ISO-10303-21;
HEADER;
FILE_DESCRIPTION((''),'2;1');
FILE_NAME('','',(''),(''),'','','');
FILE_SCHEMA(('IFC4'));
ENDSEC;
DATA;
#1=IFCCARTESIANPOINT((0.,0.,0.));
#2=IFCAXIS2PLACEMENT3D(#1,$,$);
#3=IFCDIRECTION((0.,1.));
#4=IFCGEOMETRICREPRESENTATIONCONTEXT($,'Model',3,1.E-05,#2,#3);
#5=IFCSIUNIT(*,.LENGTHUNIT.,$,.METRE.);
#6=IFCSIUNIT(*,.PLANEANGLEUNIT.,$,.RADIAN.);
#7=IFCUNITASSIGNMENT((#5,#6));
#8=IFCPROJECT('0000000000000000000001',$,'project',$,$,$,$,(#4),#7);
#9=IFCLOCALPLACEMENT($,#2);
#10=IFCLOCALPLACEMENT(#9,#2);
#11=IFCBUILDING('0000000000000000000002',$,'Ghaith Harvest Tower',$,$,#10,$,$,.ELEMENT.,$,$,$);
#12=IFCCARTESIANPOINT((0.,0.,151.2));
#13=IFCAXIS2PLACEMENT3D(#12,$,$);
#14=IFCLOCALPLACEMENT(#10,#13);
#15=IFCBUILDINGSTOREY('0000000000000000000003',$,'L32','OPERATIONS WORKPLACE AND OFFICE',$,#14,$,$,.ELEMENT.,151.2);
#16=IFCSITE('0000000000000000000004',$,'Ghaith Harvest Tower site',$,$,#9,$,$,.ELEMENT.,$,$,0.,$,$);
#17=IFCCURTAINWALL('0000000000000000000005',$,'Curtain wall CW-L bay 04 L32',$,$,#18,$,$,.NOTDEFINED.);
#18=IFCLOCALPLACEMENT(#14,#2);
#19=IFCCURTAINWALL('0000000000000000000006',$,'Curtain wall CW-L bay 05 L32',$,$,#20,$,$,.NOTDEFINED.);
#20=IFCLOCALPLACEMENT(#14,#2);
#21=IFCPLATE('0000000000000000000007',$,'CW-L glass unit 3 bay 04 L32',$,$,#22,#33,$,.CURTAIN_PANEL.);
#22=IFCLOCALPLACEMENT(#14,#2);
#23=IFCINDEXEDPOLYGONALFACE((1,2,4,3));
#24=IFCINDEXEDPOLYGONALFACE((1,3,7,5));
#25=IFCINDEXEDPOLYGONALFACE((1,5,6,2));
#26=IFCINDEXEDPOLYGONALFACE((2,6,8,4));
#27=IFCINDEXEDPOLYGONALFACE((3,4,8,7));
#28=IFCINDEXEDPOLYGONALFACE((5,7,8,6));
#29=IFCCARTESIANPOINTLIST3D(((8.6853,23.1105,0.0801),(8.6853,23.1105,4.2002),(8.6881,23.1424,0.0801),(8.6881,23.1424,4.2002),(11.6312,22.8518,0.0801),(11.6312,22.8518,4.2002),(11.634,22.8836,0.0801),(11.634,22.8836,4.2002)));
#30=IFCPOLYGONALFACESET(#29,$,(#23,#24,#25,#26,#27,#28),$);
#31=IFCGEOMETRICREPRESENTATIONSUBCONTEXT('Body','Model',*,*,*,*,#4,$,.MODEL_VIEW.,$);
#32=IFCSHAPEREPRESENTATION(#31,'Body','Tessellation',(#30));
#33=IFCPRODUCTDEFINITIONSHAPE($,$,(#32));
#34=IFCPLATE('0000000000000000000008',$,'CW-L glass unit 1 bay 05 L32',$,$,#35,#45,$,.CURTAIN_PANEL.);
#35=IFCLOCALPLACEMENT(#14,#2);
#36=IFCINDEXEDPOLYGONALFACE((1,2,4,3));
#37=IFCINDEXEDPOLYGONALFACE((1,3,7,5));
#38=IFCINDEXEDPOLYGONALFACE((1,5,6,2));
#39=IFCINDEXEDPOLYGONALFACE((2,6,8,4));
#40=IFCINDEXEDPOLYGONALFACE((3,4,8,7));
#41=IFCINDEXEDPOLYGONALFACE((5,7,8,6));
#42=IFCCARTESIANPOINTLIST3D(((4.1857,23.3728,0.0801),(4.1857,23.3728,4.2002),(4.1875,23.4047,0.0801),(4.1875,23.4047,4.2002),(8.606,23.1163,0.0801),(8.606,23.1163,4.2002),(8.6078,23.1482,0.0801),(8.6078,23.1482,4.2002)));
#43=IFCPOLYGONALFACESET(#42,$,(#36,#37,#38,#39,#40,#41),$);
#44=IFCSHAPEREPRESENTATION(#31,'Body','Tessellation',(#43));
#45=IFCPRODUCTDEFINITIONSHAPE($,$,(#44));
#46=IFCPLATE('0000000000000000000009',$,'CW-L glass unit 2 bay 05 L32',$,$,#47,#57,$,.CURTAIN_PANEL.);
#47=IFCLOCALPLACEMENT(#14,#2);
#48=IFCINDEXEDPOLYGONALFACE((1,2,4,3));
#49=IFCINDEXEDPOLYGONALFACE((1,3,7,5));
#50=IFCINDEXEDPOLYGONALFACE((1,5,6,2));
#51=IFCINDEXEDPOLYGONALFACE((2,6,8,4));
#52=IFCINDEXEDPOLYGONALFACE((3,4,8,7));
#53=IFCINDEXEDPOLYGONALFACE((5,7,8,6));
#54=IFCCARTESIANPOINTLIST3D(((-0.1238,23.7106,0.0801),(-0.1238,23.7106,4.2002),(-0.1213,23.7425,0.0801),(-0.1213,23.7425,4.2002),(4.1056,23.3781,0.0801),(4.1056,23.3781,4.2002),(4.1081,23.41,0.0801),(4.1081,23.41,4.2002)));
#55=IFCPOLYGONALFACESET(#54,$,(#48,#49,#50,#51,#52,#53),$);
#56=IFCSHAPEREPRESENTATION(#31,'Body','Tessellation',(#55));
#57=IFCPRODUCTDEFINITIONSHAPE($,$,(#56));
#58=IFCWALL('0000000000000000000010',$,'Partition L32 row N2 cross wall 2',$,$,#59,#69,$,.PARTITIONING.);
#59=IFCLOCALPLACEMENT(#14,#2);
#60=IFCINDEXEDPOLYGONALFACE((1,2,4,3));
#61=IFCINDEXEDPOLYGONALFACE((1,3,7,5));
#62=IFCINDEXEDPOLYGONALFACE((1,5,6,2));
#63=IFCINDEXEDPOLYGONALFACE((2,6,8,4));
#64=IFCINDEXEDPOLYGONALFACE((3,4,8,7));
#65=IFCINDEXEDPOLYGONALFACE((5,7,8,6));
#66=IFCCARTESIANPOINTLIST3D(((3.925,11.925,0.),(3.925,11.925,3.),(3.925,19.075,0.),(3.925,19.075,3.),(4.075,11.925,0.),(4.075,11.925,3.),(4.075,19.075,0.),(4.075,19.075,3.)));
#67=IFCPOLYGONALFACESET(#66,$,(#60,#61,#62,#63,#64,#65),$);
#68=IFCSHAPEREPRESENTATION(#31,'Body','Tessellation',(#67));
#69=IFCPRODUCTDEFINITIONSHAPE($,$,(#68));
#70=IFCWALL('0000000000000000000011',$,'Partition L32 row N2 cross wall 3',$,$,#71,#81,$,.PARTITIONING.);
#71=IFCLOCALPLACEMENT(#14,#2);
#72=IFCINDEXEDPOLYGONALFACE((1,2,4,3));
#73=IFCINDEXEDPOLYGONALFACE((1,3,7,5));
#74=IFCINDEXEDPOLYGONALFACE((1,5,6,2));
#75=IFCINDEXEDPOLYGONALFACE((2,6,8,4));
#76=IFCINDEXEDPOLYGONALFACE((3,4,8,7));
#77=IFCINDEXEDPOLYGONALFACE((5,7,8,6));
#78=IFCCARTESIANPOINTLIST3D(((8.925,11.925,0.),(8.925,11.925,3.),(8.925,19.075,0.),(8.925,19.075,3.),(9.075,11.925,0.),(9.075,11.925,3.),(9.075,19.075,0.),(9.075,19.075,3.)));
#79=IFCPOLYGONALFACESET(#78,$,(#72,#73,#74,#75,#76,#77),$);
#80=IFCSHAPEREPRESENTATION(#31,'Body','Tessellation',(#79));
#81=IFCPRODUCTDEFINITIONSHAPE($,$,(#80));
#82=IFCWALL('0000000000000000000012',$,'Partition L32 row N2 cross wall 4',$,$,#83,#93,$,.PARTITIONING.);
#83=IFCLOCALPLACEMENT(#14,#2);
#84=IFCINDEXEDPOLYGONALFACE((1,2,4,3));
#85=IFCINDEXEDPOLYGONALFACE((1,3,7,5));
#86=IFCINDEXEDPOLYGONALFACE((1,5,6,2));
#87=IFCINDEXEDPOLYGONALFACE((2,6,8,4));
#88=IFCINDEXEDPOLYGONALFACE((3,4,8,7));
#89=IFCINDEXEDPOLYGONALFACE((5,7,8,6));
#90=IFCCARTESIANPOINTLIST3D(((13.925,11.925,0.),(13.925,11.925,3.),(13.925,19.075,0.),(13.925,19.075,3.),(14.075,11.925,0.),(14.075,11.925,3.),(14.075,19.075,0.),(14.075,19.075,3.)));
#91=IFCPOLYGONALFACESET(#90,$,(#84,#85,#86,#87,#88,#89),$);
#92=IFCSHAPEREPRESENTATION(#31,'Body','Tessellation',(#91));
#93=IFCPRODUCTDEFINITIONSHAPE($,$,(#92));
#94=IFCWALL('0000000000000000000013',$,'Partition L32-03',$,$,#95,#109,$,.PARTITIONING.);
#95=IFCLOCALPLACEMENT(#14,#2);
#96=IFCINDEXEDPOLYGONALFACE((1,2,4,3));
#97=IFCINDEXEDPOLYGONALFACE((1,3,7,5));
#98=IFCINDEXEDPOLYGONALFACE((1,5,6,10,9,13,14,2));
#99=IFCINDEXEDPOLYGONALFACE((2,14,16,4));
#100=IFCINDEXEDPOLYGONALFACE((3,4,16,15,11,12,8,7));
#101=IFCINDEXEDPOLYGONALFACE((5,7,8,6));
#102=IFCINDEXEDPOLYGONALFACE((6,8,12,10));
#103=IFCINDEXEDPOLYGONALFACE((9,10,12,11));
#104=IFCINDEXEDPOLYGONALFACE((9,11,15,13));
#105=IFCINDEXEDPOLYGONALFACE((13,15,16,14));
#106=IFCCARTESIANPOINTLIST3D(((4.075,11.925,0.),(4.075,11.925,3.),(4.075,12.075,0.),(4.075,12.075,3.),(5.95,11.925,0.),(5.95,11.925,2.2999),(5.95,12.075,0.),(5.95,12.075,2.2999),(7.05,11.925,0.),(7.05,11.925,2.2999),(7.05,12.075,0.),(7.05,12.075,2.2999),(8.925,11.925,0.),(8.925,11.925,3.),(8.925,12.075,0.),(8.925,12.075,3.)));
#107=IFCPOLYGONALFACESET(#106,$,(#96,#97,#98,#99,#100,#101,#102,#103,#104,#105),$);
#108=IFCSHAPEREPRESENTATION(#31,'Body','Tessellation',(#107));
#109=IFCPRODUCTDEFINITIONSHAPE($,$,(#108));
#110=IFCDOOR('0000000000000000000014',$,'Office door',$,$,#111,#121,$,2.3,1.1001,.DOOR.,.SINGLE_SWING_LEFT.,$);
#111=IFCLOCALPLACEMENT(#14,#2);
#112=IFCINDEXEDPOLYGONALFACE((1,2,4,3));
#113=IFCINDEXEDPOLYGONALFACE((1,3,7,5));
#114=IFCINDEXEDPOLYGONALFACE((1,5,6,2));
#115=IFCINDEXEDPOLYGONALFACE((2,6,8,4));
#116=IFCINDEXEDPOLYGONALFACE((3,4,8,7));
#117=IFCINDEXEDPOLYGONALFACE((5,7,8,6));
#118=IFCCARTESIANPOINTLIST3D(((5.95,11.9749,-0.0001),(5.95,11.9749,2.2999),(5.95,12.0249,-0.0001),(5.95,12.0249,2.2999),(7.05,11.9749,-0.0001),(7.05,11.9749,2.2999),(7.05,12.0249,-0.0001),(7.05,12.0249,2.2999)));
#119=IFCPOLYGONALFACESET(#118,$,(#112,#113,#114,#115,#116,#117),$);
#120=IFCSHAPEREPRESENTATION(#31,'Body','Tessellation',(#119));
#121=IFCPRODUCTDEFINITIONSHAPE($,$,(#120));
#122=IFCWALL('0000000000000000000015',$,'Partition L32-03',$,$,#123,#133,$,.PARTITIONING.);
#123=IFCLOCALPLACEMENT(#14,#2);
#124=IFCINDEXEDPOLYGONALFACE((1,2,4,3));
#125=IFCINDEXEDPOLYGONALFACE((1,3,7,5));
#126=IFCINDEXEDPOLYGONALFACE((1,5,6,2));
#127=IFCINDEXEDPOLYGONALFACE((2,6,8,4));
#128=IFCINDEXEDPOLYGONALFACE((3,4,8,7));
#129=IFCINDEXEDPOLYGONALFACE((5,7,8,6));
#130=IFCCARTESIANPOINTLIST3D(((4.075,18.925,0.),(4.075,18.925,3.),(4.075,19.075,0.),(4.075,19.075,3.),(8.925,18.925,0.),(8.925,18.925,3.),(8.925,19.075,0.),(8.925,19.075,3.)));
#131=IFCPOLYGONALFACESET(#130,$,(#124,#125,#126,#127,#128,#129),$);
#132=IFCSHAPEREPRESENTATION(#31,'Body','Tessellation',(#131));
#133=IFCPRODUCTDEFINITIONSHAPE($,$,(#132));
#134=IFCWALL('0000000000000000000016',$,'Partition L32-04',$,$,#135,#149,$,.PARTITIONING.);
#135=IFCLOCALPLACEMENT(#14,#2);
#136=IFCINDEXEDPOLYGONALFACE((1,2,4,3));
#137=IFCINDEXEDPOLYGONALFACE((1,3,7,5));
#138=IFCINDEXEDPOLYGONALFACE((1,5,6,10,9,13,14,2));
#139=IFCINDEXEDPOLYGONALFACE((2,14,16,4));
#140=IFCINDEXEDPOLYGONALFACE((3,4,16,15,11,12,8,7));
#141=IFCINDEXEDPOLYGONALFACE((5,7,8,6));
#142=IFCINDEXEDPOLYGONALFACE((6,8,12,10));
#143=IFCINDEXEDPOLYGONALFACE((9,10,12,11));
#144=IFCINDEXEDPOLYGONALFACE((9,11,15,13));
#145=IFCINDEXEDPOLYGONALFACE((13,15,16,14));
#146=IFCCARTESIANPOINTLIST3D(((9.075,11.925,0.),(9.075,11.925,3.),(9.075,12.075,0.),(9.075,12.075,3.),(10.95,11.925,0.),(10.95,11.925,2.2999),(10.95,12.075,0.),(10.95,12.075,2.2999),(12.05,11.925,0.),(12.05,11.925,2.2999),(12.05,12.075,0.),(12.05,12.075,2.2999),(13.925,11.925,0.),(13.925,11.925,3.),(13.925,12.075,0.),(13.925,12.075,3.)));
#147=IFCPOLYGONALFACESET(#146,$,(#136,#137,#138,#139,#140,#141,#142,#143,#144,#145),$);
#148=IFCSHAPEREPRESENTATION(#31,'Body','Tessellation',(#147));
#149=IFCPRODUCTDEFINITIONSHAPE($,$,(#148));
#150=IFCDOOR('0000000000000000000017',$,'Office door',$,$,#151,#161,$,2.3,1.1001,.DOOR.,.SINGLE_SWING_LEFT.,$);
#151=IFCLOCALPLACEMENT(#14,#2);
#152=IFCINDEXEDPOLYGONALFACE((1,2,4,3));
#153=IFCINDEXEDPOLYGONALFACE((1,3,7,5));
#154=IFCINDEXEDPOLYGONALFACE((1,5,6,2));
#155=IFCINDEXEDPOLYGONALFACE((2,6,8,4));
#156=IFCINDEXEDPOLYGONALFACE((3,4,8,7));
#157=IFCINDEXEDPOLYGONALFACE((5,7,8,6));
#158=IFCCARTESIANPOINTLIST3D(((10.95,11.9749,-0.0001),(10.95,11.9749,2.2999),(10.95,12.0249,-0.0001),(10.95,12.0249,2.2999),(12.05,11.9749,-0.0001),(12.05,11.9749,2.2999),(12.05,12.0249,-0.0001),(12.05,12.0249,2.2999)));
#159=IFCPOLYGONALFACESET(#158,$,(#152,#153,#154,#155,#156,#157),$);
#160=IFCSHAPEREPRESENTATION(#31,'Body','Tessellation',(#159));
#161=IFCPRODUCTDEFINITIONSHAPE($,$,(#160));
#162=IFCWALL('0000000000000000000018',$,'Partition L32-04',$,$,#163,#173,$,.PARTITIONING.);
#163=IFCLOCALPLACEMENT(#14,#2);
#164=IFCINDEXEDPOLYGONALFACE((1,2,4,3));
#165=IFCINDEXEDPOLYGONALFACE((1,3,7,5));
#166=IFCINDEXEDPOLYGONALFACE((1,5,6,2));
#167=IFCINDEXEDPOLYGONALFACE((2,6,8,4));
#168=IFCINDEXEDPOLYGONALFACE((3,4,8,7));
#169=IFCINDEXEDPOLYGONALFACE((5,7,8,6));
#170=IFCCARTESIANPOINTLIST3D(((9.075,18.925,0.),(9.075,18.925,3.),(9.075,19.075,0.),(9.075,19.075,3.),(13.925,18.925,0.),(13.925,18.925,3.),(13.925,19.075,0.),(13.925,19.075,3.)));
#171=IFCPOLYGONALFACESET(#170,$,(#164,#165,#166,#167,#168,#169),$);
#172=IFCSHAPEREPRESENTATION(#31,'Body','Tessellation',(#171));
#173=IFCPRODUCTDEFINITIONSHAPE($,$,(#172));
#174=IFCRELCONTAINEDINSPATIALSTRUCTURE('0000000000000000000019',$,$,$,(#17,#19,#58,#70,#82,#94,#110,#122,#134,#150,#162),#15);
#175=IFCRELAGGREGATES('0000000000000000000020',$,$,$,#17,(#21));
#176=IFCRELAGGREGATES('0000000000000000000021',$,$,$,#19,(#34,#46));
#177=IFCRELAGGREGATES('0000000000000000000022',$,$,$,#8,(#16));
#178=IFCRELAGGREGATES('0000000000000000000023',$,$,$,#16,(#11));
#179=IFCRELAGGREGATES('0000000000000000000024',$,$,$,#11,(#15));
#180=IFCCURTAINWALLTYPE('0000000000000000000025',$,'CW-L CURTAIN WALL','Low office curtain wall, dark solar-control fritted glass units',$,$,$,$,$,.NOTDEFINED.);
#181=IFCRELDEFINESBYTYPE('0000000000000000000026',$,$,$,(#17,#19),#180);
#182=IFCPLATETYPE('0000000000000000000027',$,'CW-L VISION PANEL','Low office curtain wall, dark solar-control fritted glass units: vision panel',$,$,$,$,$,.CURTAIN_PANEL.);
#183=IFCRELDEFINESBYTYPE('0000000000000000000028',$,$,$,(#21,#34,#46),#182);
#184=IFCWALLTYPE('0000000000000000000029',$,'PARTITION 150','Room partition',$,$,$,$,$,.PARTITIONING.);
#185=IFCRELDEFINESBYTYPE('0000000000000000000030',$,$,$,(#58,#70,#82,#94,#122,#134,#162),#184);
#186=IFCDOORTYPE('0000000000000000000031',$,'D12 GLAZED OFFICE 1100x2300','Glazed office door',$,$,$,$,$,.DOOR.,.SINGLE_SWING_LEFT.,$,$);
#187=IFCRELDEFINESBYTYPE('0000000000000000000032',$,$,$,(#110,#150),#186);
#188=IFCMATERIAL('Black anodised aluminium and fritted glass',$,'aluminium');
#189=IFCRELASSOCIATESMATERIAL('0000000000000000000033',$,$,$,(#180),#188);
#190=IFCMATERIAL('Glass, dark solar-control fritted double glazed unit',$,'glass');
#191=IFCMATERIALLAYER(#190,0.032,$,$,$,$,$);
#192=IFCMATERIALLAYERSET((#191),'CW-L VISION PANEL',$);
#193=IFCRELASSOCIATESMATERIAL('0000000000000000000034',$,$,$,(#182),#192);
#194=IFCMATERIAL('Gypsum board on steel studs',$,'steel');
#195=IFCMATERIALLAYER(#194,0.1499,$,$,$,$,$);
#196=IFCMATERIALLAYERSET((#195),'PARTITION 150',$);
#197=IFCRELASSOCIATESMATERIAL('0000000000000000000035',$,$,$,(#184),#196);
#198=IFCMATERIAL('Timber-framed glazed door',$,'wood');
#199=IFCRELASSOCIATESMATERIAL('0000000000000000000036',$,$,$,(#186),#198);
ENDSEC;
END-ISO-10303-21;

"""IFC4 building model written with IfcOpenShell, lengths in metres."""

from ifc_helpers import new_model, si_unit, direction, frame, frame_2d, origin, origin_2d, place, context, subcontext, project, spatial, rectangle, extrude, material, layer, layer_set, type_object, element, fill, aggregate, save


model = new_model("IFC4")

# Units and contexts
model_context = context("Model", 3, precision=1e-05, world=origin(), true_north=direction((0.0, 1.0)))
body_context = subcontext(model_context, "Body", "Model", "MODEL_VIEW")
ifc_project = project(units=[si_unit("LENGTHUNIT", "METRE"), si_unit("PLANEANGLEUNIT", "RADIAN")], contexts=[model_context])

# Site, building, storey
site_placement = place(None, origin())
site = spatial("IfcSite", under=ifc_project, at=site_placement, Name="Ghaith Harvest Tower site", CompositionType="ELEMENT", RefElevation=0.0)
building_placement = place(site_placement, origin())
building = spatial("IfcBuilding", under=site, at=building_placement, Name="Ghaith Harvest Tower", CompositionType="ELEMENT")
storey_placement = place(building_placement, frame((0.0, 0.0, 151.2)))
storey = spatial("IfcBuildingStorey", under=building, at=storey_placement, Name="L32", Description="OPERATIONS WORKPLACE AND OFFICE", CompositionType="ELEMENT", Elevation=151.2)

# Curtain wall
ifc_material_1 = material(Name="Black anodised aluminium and fritted glass", Category="aluminium")
curtain_wall_type = type_object("IfcCurtainWallType", Name="CW-L CURTAIN WALL", Description="Low office curtain wall, dark solar-control fritted glass units", PredefinedType="NOTDEFINED", material=ifc_material_1)
curtain_wall_1_placement = place(storey_placement, origin())
curtain_wall_1 = element("IfcCurtainWall", 1, at=curtain_wall_1_placement, inside=storey, type_object=curtain_wall_type, Name="Curtain wall CW-L bay 04 L32", PredefinedType="NOTDEFINED")

# Curtain wall
curtain_wall_2_placement = place(storey_placement, origin())
curtain_wall_2 = element("IfcCurtainWall", 2, at=curtain_wall_2_placement, inside=storey, type_object=curtain_wall_type, Name="Curtain wall CW-L bay 05 L32", PredefinedType="NOTDEFINED")

# Plates
ifc_material_2 = material(Name="Glass, dark solar-control fritted double glazed unit", Category="glass")
ifc_layer_1 = layer(ifc_material_2, 0.032)
ifc_layer_set_1 = layer_set([ifc_layer_1], Name="CW-L VISION PANEL")
plate_type = type_object("IfcPlateType", Name="CW-L VISION PANEL", Description="Low office curtain wall, dark solar-control fritted glass units: vision panel", PredefinedType="CURTAIN_PANEL", material=ifc_layer_set_1)
plate_1_placement = place(storey_placement, frame((10.1597, 22.9971, 0.0801), z_axis=(0.0, 0.0, 1.0), x_axis=(-0.996166, 0.087481, 0.0)))
plate_1 = element("IfcPlate", 3, at=plate_1_placement, type_object=plate_type, Name="CW-L glass unit 3 bay 04 L32", PredefinedType="CURTAIN_PANEL", context=body_context, shape_type="SweptSolid", body=[
    extrude(rectangle(XDim=2.9573, YDim=0.032, at=origin_2d()), origin(), (0.0, 0.0, 1.0), 4.1201),
])
aggregate(curtain_wall_1, [plate_1])
plate_2_placement = place(storey_placement, frame((6.3967, 23.2605, 0.0801), z_axis=(0.0, 0.0, 1.0), x_axis=(-0.998321, 0.057927, 0.0)))
plate_2 = element("IfcPlate", 4, at=plate_2_placement, type_object=plate_type, Name="CW-L glass unit 1 bay 05 L32", PredefinedType="CURTAIN_PANEL", context=body_context, shape_type="SweptSolid", body=[
    extrude(rectangle(XDim=4.4277, YDim=0.032, at=origin_2d()), origin(), (0.0, 0.0, 1.0), 4.1201),
])
plate_3_placement = place(storey_placement, frame((1.9922, 23.5603, 0.0801), z_axis=(0.0, 0.0, 1.0), x_axis=(-0.996925, 0.07836, 0.0)))
plate_3 = element("IfcPlate", 5, at=plate_3_placement, type_object=plate_type, Name="CW-L glass unit 2 bay 05 L32", PredefinedType="CURTAIN_PANEL", context=body_context, shape_type="SweptSolid", body=[
    extrude(rectangle(XDim=4.2424, YDim=0.032, at=origin_2d()), origin(), (0.0, 0.0, 1.0), 4.1201),
])
aggregate(curtain_wall_2, [plate_2, plate_3])

# Walls
ifc_material_3 = material(Name="Gypsum board on steel studs", Category="steel")
ifc_layer_2 = layer(ifc_material_3, 0.1499)
ifc_layer_set_2 = layer_set([ifc_layer_2], Name="PARTITION 150")
wall_type = type_object("IfcWallType", Name="PARTITION 150", Description="Room partition", PredefinedType="PARTITIONING", material=ifc_layer_set_2)
for number, where, z_axis, x_axis, name in (
    (6, (4.0, 11.925, 0.0), (0.0, 0.0, 1.0), (0.0, 1.0, 0.0), "Partition L32 row N2 cross wall 2"),
    (7, (9.0, 11.925, 0.0), (0.0, 0.0, 1.0), (0.0, 1.0, 0.0), "Partition L32 row N2 cross wall 3"),
    (8, (14.0, 11.925, 0.0), (0.0, 0.0, 1.0), (0.0, 1.0, 0.0), "Partition L32 row N2 cross wall 4"),
):
    element("IfcWall", number, at=place(storey_placement, frame(where, z_axis=z_axis, x_axis=x_axis)), inside=storey, type_object=wall_type, Name=name, PredefinedType="PARTITIONING", context=body_context, shape_type="SweptSolid", body=[
        extrude(rectangle(XDim=7.1499, YDim=0.1499, at=frame_2d((3.575, 0.0))), origin(), (0.0, 0.0, 1.0), 3.0),
    ])

# Wall, opening, door
wall_1_placement = place(storey_placement, frame((4.075, 12.0, 0.0), z_axis=(0.0, 0.0, 1.0), x_axis=(1.0, 0.0, 0.0)))
wall_1 = element("IfcWall", 9, at=wall_1_placement, inside=storey, type_object=wall_type, Name="Partition L32-03", PredefinedType="PARTITIONING", context=body_context, shape_type="SweptSolid", body=[
    extrude(rectangle(XDim=4.8501, YDim=0.1499, at=frame_2d((2.425, 0.0))), origin(), (0.0, 0.0, 1.0), 3.0),
])
opening_1_placement = place(wall_1_placement, frame((1.875, 0.0, 0.0)))
opening_1 = element("IfcOpeningElement", 10, at=opening_1_placement, cuts=wall_1, PredefinedType="OPENING", context=body_context, shape_type="SweptSolid", body=[
    extrude(rectangle(XDim=1.1001, YDim=2.3, at=frame_2d((0.55, 1.1499))), frame((0.0, 0.085, 0.0), z_axis=(0.0, -1.0, 0.0), x_axis=(1.0, 0.0, 0.0)), (0.0, 0.0, 1.0), 0.1699),
])
ifc_material_4 = material(Name="Timber-framed glazed door", Category="wood")
door_type = type_object("IfcDoorType", Name="D12 GLAZED OFFICE 1100x2300", Description="Glazed office door", OperationType="SINGLE_SWING_LEFT", PredefinedType="DOOR", material=ifc_material_4)
door_1_placement = place(opening_1_placement, origin())
door_1 = element("IfcDoor", 11, at=door_1_placement, inside=storey, type_object=door_type, Name="Office door", OperationType="SINGLE_SWING_LEFT", OverallHeight=2.3, OverallWidth=1.1001, PredefinedType="DOOR", context=body_context, shape_type="SweptSolid", body=[
    extrude(rectangle(XDim=1.1001, YDim=2.3, at=frame_2d((0.55, 1.1499))), frame((0.0, 0.0249, 0.0), z_axis=(0.0, -1.0, 0.0), x_axis=(1.0, 0.0, 0.0)), (0.0, 0.0, 1.0), 0.05),
])
fill(opening_1, door_1)

# Wall
wall_2_placement = place(storey_placement, frame((4.075, 19.0, 0.0), z_axis=(0.0, 0.0, 1.0), x_axis=(1.0, 0.0, 0.0)))
element("IfcWall", 12, at=wall_2_placement, inside=storey, type_object=wall_type, Name="Partition L32-03", PredefinedType="PARTITIONING", context=body_context, shape_type="SweptSolid", body=[
    extrude(rectangle(XDim=4.8501, YDim=0.1499, at=frame_2d((2.425, 0.0))), origin(), (0.0, 0.0, 1.0), 3.0),
])

# Wall, opening, door
wall_3_placement = place(storey_placement, frame((9.075, 12.0, 0.0), z_axis=(0.0, 0.0, 1.0), x_axis=(1.0, 0.0, 0.0)))
wall_3 = element("IfcWall", 13, at=wall_3_placement, inside=storey, type_object=wall_type, Name="Partition L32-04", PredefinedType="PARTITIONING", context=body_context, shape_type="SweptSolid", body=[
    extrude(rectangle(XDim=4.8501, YDim=0.1499, at=frame_2d((2.425, 0.0))), origin(), (0.0, 0.0, 1.0), 3.0),
])
opening_2_placement = place(wall_3_placement, frame((1.875, 0.0, 0.0)))
opening_2 = element("IfcOpeningElement", 14, at=opening_2_placement, cuts=wall_3, PredefinedType="OPENING", context=body_context, shape_type="SweptSolid", body=[
    extrude(rectangle(XDim=1.1001, YDim=2.3, at=frame_2d((0.55, 1.1499))), frame((0.0, 0.085, 0.0), z_axis=(0.0, -1.0, 0.0), x_axis=(1.0, 0.0, 0.0)), (0.0, 0.0, 1.0), 0.1699),
])
door_2_placement = place(opening_2_placement, origin())
door_2 = element("IfcDoor", 15, at=door_2_placement, inside=storey, type_object=door_type, Name="Office door", OperationType="SINGLE_SWING_LEFT", OverallHeight=2.3, OverallWidth=1.1001, PredefinedType="DOOR", context=body_context, shape_type="SweptSolid", body=[
    extrude(rectangle(XDim=1.1001, YDim=2.3, at=frame_2d((0.55, 1.1499))), frame((0.0, 0.0249, 0.0), z_axis=(0.0, -1.0, 0.0), x_axis=(1.0, 0.0, 0.0)), (0.0, 0.0, 1.0), 0.05),
])
fill(opening_2, door_2)

# Wall
wall_4_placement = place(storey_placement, frame((9.075, 19.0, 0.0), z_axis=(0.0, 0.0, 1.0), x_axis=(1.0, 0.0, 0.0)))
element("IfcWall", 16, at=wall_4_placement, inside=storey, type_object=wall_type, Name="Partition L32-04", PredefinedType="PARTITIONING", context=body_context, shape_type="SweptSolid", body=[
    extrude(rectangle(XDim=4.8501, YDim=0.1499, at=frame_2d((2.425, 0.0))), origin(), (0.0, 0.0, 1.0), 3.0),
])

save(model, "model.ifc")
